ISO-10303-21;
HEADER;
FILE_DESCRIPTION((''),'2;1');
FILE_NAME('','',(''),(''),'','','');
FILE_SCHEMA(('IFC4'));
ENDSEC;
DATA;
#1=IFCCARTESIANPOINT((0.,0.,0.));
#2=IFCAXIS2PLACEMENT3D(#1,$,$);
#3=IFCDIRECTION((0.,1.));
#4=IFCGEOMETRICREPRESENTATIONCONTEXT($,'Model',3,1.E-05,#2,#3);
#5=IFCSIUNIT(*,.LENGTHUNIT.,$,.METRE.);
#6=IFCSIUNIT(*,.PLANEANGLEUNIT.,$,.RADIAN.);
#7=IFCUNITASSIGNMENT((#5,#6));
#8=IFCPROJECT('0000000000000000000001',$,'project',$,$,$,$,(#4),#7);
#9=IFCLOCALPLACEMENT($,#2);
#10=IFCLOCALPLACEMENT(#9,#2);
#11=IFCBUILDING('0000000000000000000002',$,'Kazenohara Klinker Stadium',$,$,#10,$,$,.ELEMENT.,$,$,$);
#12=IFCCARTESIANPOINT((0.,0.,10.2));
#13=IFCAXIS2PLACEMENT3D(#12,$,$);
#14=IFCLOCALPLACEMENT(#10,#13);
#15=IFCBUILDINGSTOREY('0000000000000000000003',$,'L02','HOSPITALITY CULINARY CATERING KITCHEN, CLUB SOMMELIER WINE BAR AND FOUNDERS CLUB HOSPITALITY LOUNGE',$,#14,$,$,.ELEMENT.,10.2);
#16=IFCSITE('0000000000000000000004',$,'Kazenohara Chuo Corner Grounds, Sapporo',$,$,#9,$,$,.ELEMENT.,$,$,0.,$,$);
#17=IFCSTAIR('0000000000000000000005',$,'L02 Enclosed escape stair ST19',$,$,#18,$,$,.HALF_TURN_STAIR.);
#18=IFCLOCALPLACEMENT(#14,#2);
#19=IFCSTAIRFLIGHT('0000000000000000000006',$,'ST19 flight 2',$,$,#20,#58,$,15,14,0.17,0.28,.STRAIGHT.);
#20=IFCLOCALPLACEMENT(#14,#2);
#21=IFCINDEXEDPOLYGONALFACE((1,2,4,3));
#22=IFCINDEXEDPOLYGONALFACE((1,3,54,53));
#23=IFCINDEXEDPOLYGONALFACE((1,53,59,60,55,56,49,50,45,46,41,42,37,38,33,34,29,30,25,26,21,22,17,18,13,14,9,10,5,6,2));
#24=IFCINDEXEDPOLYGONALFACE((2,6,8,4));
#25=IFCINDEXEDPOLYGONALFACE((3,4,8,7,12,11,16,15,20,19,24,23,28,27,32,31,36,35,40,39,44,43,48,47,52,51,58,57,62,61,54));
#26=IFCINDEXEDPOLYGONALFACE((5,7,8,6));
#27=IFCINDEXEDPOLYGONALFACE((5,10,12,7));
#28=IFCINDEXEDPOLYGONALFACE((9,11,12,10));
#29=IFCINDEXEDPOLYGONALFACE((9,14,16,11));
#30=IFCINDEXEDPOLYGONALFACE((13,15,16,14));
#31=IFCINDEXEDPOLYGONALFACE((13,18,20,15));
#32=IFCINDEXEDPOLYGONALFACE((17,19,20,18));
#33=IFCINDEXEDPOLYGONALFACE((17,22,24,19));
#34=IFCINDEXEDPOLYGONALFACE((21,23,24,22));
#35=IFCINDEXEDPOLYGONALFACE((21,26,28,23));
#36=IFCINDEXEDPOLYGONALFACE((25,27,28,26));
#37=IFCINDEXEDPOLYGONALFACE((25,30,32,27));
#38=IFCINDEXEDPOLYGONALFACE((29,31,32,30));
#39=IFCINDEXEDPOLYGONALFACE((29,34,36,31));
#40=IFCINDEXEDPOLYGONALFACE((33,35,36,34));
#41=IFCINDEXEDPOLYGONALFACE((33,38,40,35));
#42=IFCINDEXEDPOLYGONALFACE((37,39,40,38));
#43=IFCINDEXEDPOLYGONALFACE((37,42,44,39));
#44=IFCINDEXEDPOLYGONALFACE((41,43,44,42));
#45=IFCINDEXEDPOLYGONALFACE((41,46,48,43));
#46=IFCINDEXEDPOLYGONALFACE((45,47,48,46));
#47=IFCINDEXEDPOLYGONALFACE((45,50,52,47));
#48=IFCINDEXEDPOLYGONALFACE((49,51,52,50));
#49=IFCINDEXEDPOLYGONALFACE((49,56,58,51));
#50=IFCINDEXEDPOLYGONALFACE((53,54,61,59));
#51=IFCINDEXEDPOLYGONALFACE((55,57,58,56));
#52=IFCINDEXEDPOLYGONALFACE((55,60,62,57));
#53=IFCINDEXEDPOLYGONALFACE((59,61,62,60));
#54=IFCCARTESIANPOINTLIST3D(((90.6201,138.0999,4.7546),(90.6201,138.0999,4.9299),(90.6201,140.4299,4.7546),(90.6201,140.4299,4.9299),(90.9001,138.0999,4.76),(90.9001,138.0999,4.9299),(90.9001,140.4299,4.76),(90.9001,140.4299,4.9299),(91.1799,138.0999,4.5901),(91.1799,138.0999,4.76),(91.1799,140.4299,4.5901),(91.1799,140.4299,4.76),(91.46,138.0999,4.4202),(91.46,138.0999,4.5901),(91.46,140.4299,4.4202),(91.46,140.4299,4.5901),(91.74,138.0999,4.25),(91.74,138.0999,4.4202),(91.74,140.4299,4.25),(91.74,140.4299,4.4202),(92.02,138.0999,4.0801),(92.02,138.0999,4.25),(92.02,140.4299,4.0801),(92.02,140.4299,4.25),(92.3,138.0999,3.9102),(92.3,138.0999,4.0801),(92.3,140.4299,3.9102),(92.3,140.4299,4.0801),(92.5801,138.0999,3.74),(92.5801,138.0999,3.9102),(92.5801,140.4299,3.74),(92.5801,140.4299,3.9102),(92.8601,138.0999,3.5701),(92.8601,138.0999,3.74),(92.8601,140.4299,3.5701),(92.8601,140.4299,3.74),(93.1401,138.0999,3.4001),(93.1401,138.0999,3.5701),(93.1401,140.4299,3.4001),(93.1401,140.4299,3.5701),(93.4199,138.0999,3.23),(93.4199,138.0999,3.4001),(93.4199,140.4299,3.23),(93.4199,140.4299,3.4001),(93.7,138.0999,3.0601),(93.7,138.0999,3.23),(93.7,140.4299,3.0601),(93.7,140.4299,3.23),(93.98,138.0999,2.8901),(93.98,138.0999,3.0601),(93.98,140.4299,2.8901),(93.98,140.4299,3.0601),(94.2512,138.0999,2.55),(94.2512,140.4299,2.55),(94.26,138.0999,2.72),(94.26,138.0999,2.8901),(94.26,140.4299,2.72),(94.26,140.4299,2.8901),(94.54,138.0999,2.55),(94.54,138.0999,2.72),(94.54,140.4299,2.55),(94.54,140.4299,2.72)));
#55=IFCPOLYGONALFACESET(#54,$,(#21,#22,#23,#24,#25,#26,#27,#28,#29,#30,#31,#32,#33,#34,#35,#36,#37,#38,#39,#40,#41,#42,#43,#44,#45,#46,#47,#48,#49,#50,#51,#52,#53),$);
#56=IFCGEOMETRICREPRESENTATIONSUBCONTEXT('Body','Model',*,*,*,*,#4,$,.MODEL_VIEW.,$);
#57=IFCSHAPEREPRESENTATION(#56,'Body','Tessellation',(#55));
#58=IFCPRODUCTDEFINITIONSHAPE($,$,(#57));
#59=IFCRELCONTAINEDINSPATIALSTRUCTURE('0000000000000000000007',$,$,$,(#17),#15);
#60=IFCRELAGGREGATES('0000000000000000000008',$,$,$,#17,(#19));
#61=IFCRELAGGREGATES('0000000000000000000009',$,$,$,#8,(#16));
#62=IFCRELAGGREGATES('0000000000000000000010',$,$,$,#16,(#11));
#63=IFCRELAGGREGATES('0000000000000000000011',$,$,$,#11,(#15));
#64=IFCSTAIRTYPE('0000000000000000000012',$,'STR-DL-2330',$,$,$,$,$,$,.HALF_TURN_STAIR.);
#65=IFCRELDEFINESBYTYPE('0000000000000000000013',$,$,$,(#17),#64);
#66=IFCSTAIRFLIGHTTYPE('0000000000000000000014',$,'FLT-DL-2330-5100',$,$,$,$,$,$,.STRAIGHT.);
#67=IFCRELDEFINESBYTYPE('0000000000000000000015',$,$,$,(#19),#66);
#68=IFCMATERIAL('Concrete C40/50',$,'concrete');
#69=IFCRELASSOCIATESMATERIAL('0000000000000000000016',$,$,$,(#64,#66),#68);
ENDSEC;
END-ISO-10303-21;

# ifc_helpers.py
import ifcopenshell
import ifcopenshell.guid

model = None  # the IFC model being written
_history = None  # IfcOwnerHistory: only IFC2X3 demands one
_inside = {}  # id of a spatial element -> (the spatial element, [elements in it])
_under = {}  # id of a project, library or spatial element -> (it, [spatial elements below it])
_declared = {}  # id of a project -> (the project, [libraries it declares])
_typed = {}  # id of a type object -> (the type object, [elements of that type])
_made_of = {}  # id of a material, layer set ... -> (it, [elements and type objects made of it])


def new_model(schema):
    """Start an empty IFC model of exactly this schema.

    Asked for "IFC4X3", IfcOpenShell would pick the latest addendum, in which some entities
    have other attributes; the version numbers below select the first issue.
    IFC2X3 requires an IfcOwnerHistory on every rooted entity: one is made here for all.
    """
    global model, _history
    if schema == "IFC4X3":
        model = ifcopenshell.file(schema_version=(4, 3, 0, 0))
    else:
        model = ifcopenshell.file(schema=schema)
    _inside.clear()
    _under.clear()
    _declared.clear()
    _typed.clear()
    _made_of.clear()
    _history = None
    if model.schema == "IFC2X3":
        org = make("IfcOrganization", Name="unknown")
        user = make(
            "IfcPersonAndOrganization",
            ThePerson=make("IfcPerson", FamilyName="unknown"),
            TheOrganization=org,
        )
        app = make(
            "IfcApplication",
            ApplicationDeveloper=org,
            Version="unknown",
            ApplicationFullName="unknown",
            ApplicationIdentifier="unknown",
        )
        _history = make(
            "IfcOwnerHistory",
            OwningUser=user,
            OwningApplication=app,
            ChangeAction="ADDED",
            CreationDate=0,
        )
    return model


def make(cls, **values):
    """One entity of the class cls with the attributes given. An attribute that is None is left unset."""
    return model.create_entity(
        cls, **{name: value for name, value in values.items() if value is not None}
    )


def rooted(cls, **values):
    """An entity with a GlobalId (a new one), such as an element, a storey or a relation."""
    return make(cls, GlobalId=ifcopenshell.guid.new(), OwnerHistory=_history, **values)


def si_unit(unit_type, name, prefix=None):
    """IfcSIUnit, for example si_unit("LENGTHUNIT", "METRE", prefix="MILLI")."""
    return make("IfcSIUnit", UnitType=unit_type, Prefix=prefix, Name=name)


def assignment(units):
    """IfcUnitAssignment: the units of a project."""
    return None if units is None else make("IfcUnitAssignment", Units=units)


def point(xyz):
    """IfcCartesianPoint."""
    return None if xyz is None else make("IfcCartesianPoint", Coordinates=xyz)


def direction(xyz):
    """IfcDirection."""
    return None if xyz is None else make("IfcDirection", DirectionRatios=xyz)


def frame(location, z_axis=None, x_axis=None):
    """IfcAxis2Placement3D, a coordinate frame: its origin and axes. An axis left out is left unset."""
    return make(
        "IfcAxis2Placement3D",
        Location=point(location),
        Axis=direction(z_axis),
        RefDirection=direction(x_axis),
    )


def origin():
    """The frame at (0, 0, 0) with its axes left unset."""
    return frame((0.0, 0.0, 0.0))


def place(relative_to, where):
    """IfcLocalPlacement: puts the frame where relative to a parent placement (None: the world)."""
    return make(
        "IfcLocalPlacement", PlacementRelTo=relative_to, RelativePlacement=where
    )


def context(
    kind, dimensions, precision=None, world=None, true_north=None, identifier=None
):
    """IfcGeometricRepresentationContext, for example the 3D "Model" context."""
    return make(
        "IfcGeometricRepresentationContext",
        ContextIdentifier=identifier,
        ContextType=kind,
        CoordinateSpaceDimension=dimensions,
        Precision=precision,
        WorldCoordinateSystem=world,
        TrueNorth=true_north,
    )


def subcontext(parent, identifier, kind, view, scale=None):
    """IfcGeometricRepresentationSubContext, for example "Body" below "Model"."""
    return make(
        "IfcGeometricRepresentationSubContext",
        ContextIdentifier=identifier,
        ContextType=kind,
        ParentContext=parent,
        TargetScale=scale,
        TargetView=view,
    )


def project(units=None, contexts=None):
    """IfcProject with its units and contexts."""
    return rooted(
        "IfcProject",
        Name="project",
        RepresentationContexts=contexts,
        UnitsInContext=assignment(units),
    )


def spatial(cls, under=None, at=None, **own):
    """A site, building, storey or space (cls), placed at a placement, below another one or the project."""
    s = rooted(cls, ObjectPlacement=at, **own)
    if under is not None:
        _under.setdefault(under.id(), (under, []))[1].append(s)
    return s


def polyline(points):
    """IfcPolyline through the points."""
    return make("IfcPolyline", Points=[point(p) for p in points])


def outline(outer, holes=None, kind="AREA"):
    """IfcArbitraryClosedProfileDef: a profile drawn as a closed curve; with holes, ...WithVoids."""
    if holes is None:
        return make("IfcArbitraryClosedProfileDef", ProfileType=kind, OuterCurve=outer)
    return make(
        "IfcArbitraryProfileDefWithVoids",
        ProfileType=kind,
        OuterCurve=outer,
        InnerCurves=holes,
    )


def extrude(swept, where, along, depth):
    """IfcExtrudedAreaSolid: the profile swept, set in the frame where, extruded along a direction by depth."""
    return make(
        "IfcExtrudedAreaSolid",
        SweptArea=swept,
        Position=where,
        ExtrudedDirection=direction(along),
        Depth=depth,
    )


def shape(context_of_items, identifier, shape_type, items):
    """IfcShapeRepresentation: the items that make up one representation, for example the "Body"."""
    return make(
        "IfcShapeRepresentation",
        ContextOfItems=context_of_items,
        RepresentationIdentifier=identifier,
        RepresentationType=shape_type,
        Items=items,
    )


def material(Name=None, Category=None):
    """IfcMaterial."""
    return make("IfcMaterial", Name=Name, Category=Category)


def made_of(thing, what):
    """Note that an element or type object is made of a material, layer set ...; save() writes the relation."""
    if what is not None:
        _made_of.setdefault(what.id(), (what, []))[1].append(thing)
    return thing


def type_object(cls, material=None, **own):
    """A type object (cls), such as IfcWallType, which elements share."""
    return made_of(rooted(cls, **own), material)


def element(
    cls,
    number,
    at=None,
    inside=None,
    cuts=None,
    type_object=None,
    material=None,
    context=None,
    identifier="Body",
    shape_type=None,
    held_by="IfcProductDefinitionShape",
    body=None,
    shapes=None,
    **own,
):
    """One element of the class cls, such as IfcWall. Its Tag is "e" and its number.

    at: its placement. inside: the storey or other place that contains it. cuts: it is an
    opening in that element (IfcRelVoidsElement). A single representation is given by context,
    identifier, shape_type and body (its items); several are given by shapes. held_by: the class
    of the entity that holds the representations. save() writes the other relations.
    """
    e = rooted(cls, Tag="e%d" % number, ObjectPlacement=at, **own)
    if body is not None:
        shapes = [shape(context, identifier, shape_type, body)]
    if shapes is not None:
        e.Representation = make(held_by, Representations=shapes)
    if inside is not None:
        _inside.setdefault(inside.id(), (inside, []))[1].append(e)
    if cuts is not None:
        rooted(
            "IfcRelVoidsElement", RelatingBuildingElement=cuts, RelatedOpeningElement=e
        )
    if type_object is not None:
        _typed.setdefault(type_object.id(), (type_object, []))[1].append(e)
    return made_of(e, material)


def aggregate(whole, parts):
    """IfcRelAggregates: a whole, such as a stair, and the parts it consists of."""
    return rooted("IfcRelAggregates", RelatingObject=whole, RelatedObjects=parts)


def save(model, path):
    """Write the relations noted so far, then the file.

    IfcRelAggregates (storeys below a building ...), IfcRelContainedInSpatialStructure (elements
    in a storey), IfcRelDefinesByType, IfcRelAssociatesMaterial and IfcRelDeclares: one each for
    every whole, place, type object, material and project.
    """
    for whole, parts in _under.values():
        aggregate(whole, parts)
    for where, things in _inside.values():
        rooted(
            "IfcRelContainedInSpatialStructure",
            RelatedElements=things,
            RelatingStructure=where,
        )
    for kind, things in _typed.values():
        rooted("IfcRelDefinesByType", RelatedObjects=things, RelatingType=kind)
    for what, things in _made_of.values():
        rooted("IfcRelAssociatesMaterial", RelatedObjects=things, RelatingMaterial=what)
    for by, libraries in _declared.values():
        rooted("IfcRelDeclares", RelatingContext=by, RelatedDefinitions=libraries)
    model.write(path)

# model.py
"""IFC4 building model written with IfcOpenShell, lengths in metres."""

from ifc_helpers import new_model, si_unit, direction, frame, origin, place, context, subcontext, project, spatial, polyline, outline, extrude, material, type_object, element, aggregate, save


model = new_model("IFC4")

# Units and contexts
model_context = context("Model", 3, precision=1e-05, world=origin(), true_north=direction((0.0, 1.0)))
body_context = subcontext(model_context, "Body", "Model", "MODEL_VIEW")
ifc_project = project(units=[si_unit("LENGTHUNIT", "METRE"), si_unit("PLANEANGLEUNIT", "RADIAN")], contexts=[model_context])

# Site, building, storey
site_placement = place(None, origin())
site = spatial("IfcSite", under=ifc_project, at=site_placement, Name="Kazenohara Chuo Corner Grounds, Sapporo", CompositionType="ELEMENT", RefElevation=0.0)
building_placement = place(site_placement, origin())
building = spatial("IfcBuilding", under=site, at=building_placement, Name="Kazenohara Klinker Stadium", CompositionType="ELEMENT")
storey_placement = place(building_placement, frame((0.0, 0.0, 10.2)))
storey = spatial("IfcBuildingStorey", under=building, at=storey_placement, Name="L02", Description="HOSPITALITY CULINARY CATERING KITCHEN, CLUB SOMMELIER WINE BAR AND FOUNDERS CLUB HOSPITALITY LOUNGE", CompositionType="ELEMENT", Elevation=10.2)

# Shared definitions
ifc_material_1 = material(Name="Concrete C40/50", Category="concrete")

# Stair, stair flight
stair_type = type_object("IfcStairType", Name="STR-DL-2330", PredefinedType="HALF_TURN_STAIR", material=ifc_material_1)
stair_placement = place(storey_placement, origin())
stair = element("IfcStair", 1, at=stair_placement, inside=storey, type_object=stair_type, Name="L02 Enclosed escape stair ST19", PredefinedType="HALF_TURN_STAIR")
stair_flight_type = type_object("IfcStairFlightType", Name="FLT-DL-2330-5100", PredefinedType="STRAIGHT", material=ifc_material_1)
stair_flight_placement = place(storey_placement, frame((94.54, 139.2649, 2.55), z_axis=(0.0, 0.0, 1.0), x_axis=(-1.0, 0.0, 0.0)))
stair_flight = element("IfcStairFlight", 2, at=stair_flight_placement, type_object=stair_flight_type, Name="ST19 flight 2", NumberOfRisers=15, NumberOfTreads=14, PredefinedType="STRAIGHT", RiserHeight=0.17, TreadLength=0.28, context=body_context, shape_type="SweptSolid", body=[
    extrude(outline(polyline([(0.0, 0.0), (0.0, 0.1699), (0.28, 0.1699), (0.28, 0.3401), (0.5601, 0.3401), (0.5601, 0.51), (0.8401, 0.51), (0.8401, 0.6799), (1.1201, 0.6799), (1.1201, 0.8501), (1.3999, 0.8501), (1.3999, 1.02), (1.6799, 1.02), (1.6799, 1.1899), (1.96, 1.1899), (1.96, 1.3601), (2.24, 1.3601), (2.24, 1.53), (2.52, 1.53), (2.52, 1.7), (2.8, 1.7), (2.8, 1.8701), (3.0801, 1.8701), (3.0801, 2.04), (3.3601, 2.04), (3.3601, 2.21), (3.6399, 2.21), (3.6399, 2.3799), (3.9199, 2.3799), (3.9199, 2.55), (3.9199, 2.2046), (0.2888, 0.0), (0.0, 0.0)])), frame((0.0, 1.165, 0.0), z_axis=(0.0, -1.0, 0.0), x_axis=(1.0, 0.0, 0.0)), (0.0, 0.0, 1.0), 2.3301),
])
aggregate(stair, [stair_flight])

save(model, "model.ifc")
